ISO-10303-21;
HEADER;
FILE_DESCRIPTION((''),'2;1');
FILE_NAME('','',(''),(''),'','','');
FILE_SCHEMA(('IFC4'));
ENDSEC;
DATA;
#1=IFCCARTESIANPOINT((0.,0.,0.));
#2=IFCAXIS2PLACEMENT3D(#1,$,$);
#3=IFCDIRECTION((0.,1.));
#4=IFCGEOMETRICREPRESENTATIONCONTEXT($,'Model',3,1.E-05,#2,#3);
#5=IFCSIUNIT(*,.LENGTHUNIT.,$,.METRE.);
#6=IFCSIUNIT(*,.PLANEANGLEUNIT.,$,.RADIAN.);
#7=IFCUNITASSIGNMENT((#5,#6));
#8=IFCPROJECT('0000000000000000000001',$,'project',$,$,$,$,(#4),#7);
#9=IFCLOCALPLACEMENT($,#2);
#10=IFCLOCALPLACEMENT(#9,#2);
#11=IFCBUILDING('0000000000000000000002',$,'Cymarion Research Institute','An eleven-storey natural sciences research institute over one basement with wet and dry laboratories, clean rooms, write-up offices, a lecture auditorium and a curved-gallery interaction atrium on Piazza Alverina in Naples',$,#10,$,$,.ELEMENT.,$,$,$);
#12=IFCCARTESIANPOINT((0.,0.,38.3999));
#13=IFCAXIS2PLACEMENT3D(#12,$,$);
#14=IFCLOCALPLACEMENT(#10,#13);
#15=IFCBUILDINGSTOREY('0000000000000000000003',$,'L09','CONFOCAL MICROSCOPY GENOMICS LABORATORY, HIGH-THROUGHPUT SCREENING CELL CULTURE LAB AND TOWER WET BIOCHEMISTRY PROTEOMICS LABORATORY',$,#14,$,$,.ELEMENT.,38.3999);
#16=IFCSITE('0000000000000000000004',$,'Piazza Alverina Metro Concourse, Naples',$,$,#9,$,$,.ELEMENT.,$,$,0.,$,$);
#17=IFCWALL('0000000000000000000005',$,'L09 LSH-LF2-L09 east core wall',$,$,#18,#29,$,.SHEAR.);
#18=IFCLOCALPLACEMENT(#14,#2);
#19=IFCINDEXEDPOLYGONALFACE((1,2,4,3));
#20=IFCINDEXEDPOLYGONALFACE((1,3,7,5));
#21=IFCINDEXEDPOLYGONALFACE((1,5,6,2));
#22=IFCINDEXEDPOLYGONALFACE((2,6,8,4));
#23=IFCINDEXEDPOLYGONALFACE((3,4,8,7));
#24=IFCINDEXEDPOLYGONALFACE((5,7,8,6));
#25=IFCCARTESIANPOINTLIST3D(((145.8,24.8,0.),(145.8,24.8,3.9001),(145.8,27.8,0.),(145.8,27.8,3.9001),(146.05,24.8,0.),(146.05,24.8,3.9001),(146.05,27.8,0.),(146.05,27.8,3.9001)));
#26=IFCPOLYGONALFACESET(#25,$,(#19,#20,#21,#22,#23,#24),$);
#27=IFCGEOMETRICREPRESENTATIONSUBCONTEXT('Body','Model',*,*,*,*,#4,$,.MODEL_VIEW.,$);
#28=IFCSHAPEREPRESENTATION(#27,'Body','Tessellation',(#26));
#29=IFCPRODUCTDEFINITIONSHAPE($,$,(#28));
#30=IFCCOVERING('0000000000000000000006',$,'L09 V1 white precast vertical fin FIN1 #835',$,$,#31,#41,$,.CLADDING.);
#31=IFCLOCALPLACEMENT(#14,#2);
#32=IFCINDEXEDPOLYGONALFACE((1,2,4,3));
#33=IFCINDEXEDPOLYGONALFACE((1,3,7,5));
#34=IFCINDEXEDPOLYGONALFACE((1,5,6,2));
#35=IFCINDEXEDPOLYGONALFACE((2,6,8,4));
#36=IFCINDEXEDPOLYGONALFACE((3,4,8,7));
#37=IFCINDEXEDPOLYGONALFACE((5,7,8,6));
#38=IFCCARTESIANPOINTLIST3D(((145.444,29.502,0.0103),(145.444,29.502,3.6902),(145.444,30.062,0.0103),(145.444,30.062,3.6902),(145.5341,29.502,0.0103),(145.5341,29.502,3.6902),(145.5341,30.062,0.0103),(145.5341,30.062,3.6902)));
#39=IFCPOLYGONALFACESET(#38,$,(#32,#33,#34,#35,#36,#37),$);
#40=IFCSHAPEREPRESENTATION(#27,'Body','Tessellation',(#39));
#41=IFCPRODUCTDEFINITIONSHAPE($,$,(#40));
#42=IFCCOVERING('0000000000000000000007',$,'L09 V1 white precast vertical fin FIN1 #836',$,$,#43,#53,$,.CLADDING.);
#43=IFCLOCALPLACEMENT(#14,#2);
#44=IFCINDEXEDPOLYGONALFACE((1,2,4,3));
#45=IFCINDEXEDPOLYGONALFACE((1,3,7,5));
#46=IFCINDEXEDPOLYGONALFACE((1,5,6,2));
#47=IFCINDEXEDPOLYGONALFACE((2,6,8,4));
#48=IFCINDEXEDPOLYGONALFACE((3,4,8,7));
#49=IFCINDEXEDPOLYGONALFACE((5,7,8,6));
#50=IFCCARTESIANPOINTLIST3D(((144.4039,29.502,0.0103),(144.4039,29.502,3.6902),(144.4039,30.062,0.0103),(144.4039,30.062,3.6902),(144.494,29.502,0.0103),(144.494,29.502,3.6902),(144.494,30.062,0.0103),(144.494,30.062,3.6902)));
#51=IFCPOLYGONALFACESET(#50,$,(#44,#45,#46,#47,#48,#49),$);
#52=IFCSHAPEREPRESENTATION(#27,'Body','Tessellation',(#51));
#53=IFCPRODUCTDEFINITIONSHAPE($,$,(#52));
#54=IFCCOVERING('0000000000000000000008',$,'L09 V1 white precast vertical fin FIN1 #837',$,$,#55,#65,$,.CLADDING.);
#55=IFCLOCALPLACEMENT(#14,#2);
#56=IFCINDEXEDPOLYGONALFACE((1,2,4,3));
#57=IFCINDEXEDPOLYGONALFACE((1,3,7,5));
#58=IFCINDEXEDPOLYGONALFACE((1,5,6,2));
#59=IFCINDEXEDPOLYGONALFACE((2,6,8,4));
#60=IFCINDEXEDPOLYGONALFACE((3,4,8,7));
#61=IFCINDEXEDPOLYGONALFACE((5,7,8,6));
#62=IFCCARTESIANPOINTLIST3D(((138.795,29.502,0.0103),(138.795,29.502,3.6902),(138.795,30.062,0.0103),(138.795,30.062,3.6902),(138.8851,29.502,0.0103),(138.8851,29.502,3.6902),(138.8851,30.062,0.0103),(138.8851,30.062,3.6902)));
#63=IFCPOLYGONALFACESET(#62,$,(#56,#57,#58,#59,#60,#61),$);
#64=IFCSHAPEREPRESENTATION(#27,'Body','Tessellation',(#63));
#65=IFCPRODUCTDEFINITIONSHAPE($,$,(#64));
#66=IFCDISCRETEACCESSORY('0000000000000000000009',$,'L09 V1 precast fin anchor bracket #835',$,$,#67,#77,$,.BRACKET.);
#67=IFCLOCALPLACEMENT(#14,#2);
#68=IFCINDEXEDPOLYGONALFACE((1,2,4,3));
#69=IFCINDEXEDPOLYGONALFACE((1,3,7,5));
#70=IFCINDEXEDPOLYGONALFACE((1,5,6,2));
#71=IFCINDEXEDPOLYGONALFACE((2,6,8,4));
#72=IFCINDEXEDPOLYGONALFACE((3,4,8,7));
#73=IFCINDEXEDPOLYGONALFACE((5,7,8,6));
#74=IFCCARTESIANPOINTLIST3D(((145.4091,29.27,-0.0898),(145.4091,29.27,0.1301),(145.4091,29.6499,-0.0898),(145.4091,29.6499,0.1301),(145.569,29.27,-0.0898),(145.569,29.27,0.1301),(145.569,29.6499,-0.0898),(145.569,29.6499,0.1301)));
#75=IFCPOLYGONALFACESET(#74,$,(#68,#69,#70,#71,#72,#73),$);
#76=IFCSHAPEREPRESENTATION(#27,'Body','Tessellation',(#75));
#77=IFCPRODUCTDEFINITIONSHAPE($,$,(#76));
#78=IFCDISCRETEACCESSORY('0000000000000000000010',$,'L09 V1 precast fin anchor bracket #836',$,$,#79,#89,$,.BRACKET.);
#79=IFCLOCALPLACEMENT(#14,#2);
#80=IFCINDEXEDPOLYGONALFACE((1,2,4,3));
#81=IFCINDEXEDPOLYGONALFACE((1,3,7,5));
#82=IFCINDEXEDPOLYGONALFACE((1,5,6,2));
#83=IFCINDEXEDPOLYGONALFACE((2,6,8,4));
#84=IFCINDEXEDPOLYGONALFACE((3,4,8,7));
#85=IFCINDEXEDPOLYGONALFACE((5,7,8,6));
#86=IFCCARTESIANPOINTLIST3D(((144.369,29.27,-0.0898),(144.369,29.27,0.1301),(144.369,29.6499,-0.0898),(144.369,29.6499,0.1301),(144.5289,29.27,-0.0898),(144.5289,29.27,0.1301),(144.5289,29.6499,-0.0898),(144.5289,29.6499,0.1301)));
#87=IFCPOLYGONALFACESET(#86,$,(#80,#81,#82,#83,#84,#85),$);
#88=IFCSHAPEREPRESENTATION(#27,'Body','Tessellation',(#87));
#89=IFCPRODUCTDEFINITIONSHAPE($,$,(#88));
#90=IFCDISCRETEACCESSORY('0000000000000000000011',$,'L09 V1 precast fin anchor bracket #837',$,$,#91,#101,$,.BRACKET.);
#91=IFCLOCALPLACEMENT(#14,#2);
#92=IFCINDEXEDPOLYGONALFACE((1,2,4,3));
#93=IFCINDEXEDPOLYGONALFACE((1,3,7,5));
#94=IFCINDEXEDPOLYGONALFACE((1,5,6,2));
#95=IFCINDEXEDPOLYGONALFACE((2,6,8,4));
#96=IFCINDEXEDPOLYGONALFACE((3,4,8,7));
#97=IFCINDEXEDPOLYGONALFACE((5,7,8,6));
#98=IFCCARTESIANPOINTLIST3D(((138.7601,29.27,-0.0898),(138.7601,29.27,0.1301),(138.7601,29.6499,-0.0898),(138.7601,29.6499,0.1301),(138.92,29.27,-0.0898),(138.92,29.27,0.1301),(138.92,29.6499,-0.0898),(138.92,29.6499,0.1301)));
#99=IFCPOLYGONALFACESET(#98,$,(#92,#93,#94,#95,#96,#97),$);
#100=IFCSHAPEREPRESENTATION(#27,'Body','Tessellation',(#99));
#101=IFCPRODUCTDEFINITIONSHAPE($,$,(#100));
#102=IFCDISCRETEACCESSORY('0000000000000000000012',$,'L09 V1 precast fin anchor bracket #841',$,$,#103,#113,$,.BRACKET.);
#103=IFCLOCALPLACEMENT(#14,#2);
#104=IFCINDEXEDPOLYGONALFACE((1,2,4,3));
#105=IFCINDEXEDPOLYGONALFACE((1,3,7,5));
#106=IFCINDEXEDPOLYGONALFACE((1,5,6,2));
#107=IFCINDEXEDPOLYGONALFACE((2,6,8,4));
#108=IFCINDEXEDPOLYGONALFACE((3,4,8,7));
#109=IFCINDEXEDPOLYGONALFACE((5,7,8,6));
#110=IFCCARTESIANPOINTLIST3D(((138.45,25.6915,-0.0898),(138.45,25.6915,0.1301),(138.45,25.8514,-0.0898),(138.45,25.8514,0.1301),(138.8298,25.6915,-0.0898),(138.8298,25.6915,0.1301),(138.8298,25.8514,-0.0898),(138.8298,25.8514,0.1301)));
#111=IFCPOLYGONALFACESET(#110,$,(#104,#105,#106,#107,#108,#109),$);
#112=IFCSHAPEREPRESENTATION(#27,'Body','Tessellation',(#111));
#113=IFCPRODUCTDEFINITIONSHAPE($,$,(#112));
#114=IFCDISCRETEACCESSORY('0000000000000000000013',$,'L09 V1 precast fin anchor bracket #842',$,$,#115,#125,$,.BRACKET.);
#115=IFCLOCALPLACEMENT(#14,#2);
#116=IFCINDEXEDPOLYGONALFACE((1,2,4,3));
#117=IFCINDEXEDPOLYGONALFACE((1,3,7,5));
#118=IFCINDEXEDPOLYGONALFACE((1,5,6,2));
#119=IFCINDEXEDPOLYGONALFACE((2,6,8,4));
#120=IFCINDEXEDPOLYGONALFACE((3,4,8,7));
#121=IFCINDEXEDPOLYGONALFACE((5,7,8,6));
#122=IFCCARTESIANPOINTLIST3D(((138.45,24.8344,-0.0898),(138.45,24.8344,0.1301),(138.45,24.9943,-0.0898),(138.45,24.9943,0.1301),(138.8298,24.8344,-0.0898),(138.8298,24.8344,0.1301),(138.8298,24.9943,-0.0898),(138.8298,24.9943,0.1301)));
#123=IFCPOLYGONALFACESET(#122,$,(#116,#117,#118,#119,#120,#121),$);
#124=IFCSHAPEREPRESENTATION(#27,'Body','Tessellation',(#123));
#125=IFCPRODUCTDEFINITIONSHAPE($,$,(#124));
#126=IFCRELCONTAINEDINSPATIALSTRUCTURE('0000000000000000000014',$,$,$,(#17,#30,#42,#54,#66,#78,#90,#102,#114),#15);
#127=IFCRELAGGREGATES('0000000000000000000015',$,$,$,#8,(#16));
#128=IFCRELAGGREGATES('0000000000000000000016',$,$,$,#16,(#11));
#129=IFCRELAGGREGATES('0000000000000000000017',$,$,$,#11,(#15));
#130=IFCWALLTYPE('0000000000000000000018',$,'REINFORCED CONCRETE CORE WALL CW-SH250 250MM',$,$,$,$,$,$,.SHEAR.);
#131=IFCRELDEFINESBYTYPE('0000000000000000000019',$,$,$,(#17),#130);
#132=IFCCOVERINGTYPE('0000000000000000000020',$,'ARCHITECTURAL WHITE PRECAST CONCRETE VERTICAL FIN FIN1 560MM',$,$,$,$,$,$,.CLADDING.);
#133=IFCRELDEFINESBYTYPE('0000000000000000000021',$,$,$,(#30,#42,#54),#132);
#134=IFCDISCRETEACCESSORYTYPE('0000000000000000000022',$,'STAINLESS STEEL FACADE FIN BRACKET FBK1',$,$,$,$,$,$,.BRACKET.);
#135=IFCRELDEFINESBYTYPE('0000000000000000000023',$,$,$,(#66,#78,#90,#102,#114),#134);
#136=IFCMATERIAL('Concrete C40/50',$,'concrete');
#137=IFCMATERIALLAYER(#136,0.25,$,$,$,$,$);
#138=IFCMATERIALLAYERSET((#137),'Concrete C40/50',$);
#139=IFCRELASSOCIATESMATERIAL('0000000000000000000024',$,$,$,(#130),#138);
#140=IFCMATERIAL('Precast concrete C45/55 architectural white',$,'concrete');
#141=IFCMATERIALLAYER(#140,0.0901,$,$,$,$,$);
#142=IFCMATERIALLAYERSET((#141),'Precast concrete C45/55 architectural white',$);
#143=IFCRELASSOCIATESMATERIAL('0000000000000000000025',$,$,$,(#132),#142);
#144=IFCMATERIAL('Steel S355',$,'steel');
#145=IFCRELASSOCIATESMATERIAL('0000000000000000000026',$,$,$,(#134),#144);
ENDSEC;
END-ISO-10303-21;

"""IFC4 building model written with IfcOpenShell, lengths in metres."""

from ifc_helpers import new_model, si_unit, direction, frame, frame_2d, origin, origin_2d, place, context, subcontext, project, spatial, rectangle, extrude, material, layer, layer_set, type_object, element, save


model = new_model("IFC4")

# Units and contexts
model_context = context("Model", 3, precision=1e-05, world=origin(), true_north=direction((0.0, 1.0)))
body_context = subcontext(model_context, "Body", "Model", "MODEL_VIEW")
ifc_project = project(units=[si_unit("LENGTHUNIT", "METRE"), si_unit("PLANEANGLEUNIT", "RADIAN")], contexts=[model_context])

# Site, building, storey
site_placement = place(None, origin())
site = spatial("IfcSite", under=ifc_project, at=site_placement, Name="Piazza Alverina Metro Concourse, Naples", CompositionType="ELEMENT", RefElevation=0.0)
building_placement = place(site_placement, origin())
building = spatial("IfcBuilding", under=site, at=building_placement, Name="Cymarion Research Institute", Description="An eleven-storey natural sciences research institute over one basement with wet and dry laboratories, clean rooms, write-up offices, a lecture auditorium and a curved-gallery interaction atrium on Piazza Alverina in Naples", CompositionType="ELEMENT")
storey_placement = place(building_placement, frame((0.0, 0.0, 38.3999)))
storey = spatial("IfcBuildingStorey", under=building, at=storey_placement, Name="L09", Description="CONFOCAL MICROSCOPY GENOMICS LABORATORY, HIGH-THROUGHPUT SCREENING CELL CULTURE LAB AND TOWER WET BIOCHEMISTRY PROTEOMICS LABORATORY", CompositionType="ELEMENT", Elevation=38.3999)

# Shared definitions
ifc_material_1 = material(Name="Concrete C40/50", Category="concrete")

# Shared definitions
ifc_layer_1 = layer(ifc_material_1, 0.25)
ifc_layer_set_1 = layer_set([ifc_layer_1], Name="Concrete C40/50")
wall_type_1 = type_object("IfcWallType", Name="REINFORCED CONCRETE CORE WALL CW-SH250 250MM", PredefinedType="SHEAR", material=ifc_layer_set_1)

# Wall
wall_1_placement = place(storey_placement, frame((145.925, 24.8, 0.0), z_axis=(0.0, 0.0, 1.0), x_axis=(0.0, 1.0, 0.0)))
element("IfcWall", 1, at=wall_1_placement, inside=storey, type_object=wall_type_1, Name="L09 LSH-LF2-L09 east core wall", PredefinedType="SHEAR", context=body_context, shape_type="SweptSolid", body=[
    extrude(rectangle(XDim=3.0, YDim=0.25, at=frame_2d((1.5, 0.0))), origin(), (0.0, 0.0, 1.0), 3.9001),
])

# Coverings
ifc_material_2 = material(Name="Precast concrete C45/55 architectural white", Category="concrete")
ifc_layer_2 = layer(ifc_material_2, 0.0901)
ifc_layer_set_2 = layer_set([ifc_layer_2], Name="Precast concrete C45/55 architectural white")
covering_type = type_object("IfcCoveringType", Name="ARCHITECTURAL WHITE PRECAST CONCRETE VERTICAL FIN FIN1 560MM", PredefinedType="CLADDING", material=ifc_layer_set_2)
for number, where, z_axis, x_axis, name in (
    (2, (145.489, 29.782, 0.0103), (0.0, 0.0, 1.0), (0.0, 1.0, 0.0), "L09 V1 white precast vertical fin FIN1 #835"),
    (3, (144.449, 29.782, 0.0103), (0.0, 0.0, 1.0), (0.0, 1.0, 0.0), "L09 V1 white precast vertical fin FIN1 #836"),
    (4, (138.8401, 29.782, 0.0103), (0.0, 0.0, 1.0), (0.0, 1.0, 0.0), "L09 V1 white precast vertical fin FIN1 #837"),
):
    element("IfcCovering", number, at=place(storey_placement, frame(where, z_axis=z_axis, x_axis=x_axis)), inside=storey, type_object=covering_type, Name=name, PredefinedType="CLADDING", context=body_context, shape_type="SweptSolid", body=[
        extrude(rectangle(XDim=0.5601, YDim=0.0901, at=origin_2d()), origin(), (0.0, 0.0, 1.0), 3.6799),
    ])

# Discrete accessories
ifc_material_3 = material(Name="Steel S355", Category="steel")
discrete_accessory_type = type_object("IfcDiscreteAccessoryType", Name="STAINLESS STEEL FACADE FIN BRACKET FBK1", PredefinedType="BRACKET", material=ifc_material_3)
for number, where, z_axis, x_axis, name in (
    (5, (145.489, 29.46, -0.0898), (0.0, 0.0, 1.0), (0.0, 1.0, 0.0), "L09 V1 precast fin anchor bracket #835"),
    (6, (144.449, 29.46, -0.0898), (0.0, 0.0, 1.0), (0.0, 1.0, 0.0), "L09 V1 precast fin anchor bracket #836"),
    (7, (138.8401, 29.46, -0.0898), (0.0, 0.0, 1.0), (0.0, 1.0, 0.0), "L09 V1 precast fin anchor bracket #837"),
    (8, (138.6399, 25.7715, -0.0898), (0.0, 0.0, 1.0), (-1.0, 0.0, 0.0), "L09 V1 precast fin anchor bracket #841"),
    (9, (138.6399, 24.9143, -0.0898), (0.0, 0.0, 1.0), (-1.0, 0.0, 0.0), "L09 V1 precast fin anchor bracket #842"),
):
    element("IfcDiscreteAccessory", number, at=place(storey_placement, frame(where, z_axis=z_axis, x_axis=x_axis)), inside=storey, type_object=discrete_accessory_type, Name=name, PredefinedType="BRACKET", context=body_context, shape_type="SweptSolid", body=[
        extrude(rectangle(XDim=0.3799, YDim=0.1599, at=origin_2d()), origin(), (0.0, 0.0, 1.0), 0.22),
    ])

save(model, "model.ifc")
